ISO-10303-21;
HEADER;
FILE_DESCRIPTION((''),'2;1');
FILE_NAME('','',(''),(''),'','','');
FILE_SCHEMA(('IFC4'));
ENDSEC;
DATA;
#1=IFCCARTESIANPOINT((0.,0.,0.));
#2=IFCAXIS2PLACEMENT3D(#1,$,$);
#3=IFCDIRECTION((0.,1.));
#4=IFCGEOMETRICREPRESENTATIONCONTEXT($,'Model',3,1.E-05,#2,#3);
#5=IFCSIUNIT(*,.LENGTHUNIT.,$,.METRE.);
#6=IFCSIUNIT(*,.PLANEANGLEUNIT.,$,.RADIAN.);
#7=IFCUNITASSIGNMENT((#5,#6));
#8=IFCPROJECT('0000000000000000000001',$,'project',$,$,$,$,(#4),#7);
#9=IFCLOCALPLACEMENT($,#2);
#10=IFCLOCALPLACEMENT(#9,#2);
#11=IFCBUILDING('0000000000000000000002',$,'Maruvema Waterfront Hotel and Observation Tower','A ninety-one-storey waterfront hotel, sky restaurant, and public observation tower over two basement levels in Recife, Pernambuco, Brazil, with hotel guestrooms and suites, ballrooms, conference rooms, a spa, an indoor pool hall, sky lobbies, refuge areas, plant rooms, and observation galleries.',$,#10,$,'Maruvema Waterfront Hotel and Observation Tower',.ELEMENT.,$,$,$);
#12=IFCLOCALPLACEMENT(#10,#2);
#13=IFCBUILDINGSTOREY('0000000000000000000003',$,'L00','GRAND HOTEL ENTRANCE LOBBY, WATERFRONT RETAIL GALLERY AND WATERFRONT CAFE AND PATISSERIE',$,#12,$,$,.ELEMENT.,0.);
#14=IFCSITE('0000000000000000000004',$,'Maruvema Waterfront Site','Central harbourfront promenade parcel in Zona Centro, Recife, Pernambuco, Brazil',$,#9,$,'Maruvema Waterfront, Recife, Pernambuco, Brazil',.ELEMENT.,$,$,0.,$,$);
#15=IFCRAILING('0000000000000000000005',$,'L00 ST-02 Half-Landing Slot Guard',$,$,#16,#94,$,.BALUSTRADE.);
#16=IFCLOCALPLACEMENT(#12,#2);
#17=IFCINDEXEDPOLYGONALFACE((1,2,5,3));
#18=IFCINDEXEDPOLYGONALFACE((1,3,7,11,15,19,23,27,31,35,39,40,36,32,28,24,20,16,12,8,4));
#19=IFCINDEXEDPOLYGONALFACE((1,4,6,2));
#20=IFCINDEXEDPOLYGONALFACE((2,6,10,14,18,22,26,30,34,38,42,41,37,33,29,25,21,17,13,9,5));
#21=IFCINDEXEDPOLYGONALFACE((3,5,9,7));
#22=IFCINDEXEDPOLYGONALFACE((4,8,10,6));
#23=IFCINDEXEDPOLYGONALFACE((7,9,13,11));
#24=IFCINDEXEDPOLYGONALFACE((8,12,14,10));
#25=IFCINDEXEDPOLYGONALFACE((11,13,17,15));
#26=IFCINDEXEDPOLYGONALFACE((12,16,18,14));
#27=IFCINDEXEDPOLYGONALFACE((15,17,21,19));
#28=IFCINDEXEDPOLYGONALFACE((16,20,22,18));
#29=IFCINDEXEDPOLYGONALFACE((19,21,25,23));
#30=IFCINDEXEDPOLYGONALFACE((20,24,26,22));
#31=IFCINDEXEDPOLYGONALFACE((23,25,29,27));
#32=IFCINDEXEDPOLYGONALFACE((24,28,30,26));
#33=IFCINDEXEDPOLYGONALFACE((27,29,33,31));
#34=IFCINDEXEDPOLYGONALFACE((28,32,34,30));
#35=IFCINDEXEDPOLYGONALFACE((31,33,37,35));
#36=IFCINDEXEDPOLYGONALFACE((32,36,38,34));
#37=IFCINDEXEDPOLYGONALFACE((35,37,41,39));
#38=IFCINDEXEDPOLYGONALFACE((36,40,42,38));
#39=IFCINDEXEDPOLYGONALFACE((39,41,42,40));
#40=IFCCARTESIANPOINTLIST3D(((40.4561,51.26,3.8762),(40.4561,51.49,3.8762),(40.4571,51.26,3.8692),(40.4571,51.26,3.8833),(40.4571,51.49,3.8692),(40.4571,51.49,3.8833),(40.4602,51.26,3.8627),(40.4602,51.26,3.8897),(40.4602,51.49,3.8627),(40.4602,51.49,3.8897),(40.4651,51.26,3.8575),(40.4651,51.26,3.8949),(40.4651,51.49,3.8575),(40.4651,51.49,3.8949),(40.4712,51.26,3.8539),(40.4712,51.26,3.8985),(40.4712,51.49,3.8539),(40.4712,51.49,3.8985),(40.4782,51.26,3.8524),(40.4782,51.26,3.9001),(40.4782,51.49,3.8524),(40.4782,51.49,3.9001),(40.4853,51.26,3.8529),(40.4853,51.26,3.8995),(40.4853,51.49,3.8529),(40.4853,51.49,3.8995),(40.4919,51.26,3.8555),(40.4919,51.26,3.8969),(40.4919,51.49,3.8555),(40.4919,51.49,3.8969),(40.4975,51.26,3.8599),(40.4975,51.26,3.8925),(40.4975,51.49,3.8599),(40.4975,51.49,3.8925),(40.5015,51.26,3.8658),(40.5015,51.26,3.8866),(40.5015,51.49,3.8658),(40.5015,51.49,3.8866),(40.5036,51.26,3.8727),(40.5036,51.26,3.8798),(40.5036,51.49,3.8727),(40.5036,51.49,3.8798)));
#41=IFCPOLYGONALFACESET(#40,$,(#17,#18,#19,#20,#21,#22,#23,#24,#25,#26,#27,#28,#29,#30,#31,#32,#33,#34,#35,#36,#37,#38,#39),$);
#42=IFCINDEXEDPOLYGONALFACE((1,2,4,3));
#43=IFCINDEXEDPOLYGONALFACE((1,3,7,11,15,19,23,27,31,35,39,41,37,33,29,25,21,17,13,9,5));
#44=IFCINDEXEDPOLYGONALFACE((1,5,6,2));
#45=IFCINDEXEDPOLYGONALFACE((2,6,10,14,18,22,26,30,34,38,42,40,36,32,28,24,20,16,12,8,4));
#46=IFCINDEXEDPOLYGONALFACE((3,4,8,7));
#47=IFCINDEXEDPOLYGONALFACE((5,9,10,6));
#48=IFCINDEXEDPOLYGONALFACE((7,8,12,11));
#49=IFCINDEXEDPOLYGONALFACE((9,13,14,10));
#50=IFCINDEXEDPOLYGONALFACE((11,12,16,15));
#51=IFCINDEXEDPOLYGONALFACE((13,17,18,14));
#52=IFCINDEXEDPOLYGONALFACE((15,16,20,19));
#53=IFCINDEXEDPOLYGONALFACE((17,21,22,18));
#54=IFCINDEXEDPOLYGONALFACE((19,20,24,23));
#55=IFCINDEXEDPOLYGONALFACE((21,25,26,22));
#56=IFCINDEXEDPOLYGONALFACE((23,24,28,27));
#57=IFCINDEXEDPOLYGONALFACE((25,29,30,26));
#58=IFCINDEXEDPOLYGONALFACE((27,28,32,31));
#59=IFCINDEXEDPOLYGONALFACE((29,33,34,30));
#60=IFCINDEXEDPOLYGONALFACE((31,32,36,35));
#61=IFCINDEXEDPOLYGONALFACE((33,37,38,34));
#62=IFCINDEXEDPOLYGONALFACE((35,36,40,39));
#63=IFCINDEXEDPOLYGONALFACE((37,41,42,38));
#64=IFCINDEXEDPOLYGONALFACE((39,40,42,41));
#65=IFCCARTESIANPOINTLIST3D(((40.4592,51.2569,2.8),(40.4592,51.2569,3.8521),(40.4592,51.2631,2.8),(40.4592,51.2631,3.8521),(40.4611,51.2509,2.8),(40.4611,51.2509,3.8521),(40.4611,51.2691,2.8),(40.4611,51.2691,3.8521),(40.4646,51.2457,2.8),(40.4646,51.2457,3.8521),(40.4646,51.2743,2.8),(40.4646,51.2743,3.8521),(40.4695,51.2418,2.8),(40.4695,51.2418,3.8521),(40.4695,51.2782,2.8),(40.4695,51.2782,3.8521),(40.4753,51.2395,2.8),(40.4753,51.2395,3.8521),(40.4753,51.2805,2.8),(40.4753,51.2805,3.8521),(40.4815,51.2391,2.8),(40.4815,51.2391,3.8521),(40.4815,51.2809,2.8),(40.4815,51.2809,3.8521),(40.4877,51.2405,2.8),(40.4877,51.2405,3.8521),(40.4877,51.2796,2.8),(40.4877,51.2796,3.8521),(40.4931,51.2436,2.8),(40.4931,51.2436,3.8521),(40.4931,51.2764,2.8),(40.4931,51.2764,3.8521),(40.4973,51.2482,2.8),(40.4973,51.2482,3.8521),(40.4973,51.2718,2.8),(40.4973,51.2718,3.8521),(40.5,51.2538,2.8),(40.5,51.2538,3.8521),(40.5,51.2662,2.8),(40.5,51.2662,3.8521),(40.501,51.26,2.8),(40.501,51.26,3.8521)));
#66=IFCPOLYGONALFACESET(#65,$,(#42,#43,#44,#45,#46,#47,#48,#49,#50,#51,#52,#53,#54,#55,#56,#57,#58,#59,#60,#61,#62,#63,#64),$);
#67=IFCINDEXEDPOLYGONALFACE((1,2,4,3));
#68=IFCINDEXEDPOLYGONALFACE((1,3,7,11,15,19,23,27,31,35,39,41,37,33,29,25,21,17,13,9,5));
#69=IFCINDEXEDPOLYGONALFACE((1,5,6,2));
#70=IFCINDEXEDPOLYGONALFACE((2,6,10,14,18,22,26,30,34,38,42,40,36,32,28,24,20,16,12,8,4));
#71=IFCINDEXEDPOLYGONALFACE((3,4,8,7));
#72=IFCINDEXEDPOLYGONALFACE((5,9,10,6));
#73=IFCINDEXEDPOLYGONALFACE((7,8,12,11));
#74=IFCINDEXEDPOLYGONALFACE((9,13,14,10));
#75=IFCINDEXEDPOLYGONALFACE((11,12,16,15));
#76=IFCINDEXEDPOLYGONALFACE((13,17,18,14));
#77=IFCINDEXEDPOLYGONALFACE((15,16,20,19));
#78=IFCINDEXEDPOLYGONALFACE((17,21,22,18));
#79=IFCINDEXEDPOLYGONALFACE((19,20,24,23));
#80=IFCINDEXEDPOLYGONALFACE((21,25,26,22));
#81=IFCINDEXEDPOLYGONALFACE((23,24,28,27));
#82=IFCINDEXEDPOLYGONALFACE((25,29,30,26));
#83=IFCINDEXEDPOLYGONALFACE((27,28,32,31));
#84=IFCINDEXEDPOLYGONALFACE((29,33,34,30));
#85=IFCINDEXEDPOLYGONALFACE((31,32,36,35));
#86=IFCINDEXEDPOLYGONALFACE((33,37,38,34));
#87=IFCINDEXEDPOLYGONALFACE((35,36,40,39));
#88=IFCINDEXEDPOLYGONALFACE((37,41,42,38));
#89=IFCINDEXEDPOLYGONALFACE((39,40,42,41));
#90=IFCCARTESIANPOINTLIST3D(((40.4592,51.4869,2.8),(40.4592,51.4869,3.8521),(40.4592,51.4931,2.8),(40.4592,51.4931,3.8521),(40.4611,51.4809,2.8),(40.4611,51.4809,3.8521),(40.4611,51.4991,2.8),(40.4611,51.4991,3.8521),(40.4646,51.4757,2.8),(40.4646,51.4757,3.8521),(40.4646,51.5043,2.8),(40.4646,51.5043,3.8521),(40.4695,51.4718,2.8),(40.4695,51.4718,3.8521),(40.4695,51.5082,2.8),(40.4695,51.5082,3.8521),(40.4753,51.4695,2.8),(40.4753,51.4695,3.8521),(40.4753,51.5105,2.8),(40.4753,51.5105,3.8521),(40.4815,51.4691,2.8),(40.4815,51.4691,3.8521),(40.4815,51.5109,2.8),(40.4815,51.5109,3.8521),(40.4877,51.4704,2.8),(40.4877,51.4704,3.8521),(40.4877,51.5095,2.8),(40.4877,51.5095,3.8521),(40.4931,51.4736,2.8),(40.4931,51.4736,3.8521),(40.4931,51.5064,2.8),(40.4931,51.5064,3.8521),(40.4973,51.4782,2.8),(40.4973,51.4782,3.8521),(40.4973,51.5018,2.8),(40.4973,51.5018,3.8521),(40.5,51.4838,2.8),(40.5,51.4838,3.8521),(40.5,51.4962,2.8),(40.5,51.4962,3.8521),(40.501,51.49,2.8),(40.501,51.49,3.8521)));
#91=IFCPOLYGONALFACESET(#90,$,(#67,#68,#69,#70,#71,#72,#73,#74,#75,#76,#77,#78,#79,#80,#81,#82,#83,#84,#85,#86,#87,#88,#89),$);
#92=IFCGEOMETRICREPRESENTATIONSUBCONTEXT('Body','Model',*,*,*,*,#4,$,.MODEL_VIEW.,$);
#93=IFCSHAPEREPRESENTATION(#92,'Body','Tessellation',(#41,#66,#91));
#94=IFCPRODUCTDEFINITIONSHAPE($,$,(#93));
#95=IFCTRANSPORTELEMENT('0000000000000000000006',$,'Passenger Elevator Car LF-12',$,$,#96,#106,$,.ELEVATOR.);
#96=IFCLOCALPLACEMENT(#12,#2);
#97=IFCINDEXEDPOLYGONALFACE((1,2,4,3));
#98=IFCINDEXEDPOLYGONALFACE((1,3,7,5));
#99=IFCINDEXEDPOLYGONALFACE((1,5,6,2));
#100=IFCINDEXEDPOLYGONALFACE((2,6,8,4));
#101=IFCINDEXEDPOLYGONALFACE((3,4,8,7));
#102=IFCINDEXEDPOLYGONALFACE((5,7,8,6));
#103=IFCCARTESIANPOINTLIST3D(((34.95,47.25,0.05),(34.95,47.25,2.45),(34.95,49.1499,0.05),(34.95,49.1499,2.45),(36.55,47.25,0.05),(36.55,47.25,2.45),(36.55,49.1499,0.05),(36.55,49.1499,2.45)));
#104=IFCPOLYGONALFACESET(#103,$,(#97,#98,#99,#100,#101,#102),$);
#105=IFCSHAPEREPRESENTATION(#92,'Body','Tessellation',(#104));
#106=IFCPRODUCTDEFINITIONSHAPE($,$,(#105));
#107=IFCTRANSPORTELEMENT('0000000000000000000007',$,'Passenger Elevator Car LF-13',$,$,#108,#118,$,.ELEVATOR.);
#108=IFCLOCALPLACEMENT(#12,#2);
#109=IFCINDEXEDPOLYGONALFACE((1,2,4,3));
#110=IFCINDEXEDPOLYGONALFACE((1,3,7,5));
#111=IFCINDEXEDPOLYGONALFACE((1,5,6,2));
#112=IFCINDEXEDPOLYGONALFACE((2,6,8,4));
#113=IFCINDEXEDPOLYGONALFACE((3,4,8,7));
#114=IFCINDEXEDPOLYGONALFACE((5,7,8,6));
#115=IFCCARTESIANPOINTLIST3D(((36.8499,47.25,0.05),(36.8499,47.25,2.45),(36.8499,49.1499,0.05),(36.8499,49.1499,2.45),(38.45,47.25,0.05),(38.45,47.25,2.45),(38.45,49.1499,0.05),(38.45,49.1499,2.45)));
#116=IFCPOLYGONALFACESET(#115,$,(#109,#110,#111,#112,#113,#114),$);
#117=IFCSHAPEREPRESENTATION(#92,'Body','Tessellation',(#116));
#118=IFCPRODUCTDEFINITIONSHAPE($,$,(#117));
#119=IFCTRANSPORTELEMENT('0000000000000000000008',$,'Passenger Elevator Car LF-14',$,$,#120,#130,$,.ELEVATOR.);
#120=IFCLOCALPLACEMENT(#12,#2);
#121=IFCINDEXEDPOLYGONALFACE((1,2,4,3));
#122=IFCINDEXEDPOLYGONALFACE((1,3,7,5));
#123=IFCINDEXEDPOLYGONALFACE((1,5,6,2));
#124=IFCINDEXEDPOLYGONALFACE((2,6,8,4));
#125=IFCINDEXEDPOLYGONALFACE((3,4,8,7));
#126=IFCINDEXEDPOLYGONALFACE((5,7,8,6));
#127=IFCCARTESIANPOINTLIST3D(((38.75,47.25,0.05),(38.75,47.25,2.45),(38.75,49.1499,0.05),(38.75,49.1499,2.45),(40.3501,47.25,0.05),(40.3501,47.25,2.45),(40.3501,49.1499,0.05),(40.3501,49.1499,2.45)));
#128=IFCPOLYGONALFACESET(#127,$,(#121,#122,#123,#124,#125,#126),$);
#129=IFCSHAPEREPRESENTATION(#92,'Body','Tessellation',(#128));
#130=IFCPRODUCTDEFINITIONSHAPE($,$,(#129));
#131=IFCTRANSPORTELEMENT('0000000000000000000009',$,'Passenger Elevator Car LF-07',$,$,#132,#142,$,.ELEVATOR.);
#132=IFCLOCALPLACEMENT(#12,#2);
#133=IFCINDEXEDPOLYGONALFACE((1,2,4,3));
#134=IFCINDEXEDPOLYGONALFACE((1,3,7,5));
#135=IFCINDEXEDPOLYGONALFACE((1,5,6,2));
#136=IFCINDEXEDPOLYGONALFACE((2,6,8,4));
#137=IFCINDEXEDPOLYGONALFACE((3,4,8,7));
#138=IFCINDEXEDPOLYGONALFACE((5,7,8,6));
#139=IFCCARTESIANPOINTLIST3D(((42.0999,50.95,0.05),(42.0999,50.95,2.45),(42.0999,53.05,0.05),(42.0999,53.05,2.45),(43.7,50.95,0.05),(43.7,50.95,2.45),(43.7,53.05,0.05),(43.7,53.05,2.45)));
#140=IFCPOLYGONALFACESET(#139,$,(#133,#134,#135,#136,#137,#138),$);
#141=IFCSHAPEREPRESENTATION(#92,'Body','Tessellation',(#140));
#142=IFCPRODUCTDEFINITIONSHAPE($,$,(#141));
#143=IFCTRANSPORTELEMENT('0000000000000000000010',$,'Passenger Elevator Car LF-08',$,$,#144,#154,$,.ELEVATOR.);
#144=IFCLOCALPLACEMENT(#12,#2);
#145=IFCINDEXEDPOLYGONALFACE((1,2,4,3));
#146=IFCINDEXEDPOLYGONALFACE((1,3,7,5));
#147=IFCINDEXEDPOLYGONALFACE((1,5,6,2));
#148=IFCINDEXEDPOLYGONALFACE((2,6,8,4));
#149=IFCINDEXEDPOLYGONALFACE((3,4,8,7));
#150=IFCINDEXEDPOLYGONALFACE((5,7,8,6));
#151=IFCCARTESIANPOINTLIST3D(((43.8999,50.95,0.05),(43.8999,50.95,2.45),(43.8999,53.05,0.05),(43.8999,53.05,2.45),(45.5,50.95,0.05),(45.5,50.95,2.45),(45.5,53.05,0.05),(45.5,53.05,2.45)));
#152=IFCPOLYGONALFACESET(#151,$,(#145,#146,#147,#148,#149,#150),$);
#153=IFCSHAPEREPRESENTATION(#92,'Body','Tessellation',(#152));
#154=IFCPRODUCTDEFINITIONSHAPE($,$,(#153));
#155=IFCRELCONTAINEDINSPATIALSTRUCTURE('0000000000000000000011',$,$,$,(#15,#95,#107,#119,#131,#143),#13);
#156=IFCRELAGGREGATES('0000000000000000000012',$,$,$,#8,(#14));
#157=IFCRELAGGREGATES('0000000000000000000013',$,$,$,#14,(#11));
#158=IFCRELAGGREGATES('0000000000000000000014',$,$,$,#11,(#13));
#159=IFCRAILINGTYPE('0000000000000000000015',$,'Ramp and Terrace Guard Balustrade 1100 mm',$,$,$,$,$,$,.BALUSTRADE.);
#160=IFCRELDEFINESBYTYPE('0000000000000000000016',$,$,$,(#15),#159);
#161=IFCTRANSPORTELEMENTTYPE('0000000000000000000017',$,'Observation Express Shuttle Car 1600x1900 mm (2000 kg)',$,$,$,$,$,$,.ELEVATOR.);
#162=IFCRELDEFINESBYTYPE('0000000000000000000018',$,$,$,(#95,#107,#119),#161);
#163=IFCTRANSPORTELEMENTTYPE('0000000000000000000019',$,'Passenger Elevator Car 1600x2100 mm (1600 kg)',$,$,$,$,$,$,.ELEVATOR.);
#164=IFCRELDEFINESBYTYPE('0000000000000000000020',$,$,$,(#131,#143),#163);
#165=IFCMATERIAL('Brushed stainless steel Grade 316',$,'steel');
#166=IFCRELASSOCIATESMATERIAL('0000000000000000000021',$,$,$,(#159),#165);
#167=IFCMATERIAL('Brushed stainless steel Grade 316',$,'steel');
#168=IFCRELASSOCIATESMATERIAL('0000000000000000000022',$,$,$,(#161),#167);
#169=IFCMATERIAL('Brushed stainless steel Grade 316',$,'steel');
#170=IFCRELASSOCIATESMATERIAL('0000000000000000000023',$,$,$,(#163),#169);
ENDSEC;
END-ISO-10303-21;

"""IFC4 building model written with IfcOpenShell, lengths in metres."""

from ifc_helpers import new_model, si_unit, direction, frame, origin, origin_2d, place, context, subcontext, project, spatial, rectangle, circle, extrude, material, type_object, element, save


model = new_model("IFC4")

# Units and contexts
model_context = context("Model", 3, precision=1e-05, world=origin(), true_north=direction((0.0, 1.0)))
body_context = subcontext(model_context, "Body", "Model", "MODEL_VIEW")
ifc_project = project(units=[si_unit("LENGTHUNIT", "METRE"), si_unit("PLANEANGLEUNIT", "RADIAN")], contexts=[model_context])

# Site, building, storey
site_placement = place(None, origin())
site = spatial("IfcSite", under=ifc_project, at=site_placement, Name="Maruvema Waterfront Site", Description="Central harbourfront promenade parcel in Zona Centro, Recife, Pernambuco, Brazil", LongName="Maruvema Waterfront, Recife, Pernambuco, Brazil", CompositionType="ELEMENT", RefElevation=0.0)
building_placement = place(site_placement, origin())
building = spatial("IfcBuilding", under=site, at=building_placement, Name="Maruvema Waterfront Hotel and Observation Tower", Description="A ninety-one-storey waterfront hotel, sky restaurant, and public observation tower over two basement levels in Recife, Pernambuco, Brazil, with hotel guestrooms and suites, ballrooms, conference rooms, a spa, an indoor pool hall, sky lobbies, refuge areas, plant rooms, and observation galleries.", LongName="Maruvema Waterfront Hotel and Observation Tower", CompositionType="ELEMENT")
storey_placement = place(building_placement, origin())
storey = spatial("IfcBuildingStorey", under=building, at=storey_placement, Name="L00", Description="GRAND HOTEL ENTRANCE LOBBY, WATERFRONT RETAIL GALLERY AND WATERFRONT CAFE AND PATISSERIE", CompositionType="ELEMENT", Elevation=0.0)

# Railing
ifc_material_1 = material(Name="Brushed stainless steel Grade 316", Category="steel")
railing_type_1 = type_object("IfcRailingType", Name="Ramp and Terrace Guard Balustrade 1100 mm", PredefinedType="BALUSTRADE", material=ifc_material_1)
railing_1_placement = place(storey_placement, frame((40.48, 51.26, 2.8)))
element("IfcRailing", 1, at=railing_1_placement, inside=storey, type_object=railing_type_1, Name="L00 ST-02 Half-Landing Slot Guard", PredefinedType="BALUSTRADE", context=body_context, shape_type="SweptSolid", body=[
    extrude(circle(Radius=0.0239, at=origin_2d()), frame((0.0, 0.0, 1.0762), z_axis=(0.0, 1.0, 0.0), x_axis=(-1.0, 0.0, 0.0)), (0.0, 0.0, 1.0), 0.23),
    extrude(circle(Radius=0.021, at=origin_2d()), origin(), (0.0, 0.0, 1.0), 1.052),
    extrude(circle(Radius=0.021, at=origin_2d()), frame((0.0, 0.23, 0.0)), (0.0, 0.0, 1.0), 1.052),
])

# Transport elements
ifc_material_2 = material(Name="Brushed stainless steel Grade 316", Category="steel")
transport_element_type_1 = type_object("IfcTransportElementType", Name="Observation Express Shuttle Car 1600x1900 mm (2000 kg)", PredefinedType="ELEVATOR", material=ifc_material_2)
for number, where, z_axis, x_axis, name in (
    (2, (35.75, 48.2, 0.05), (0.0, 0.0, 1.0), (1.0, 0.0, 0.0), "Passenger Elevator Car LF-12"),
    (3, (37.6499, 48.2, 0.05), (0.0, 0.0, 1.0), (1.0, 0.0, 0.0), "Passenger Elevator Car LF-13"),
    (4, (39.55, 48.2, 0.05), (0.0, 0.0, 1.0), (1.0, 0.0, 0.0), "Passenger Elevator Car LF-14"),
):
    element("IfcTransportElement", number, at=place(storey_placement, frame(where, z_axis=z_axis, x_axis=x_axis)), inside=storey, type_object=transport_element_type_1, Name=name, PredefinedType="ELEVATOR", context=body_context, shape_type="SweptSolid", body=[
        extrude(rectangle(XDim=1.6001, YDim=1.8999, at=origin_2d()), origin(), (0.0, 0.0, 1.0), 2.3999),
    ])
ifc_material_3 = material(Name="Brushed stainless steel Grade 316", Category="steel")
transport_element_type_2 = type_object("IfcTransportElementType", Name="Passenger Elevator Car 1600x2100 mm (1600 kg)", PredefinedType="ELEVATOR", material=ifc_material_3)
for number, where, z_axis, x_axis, name in (
    (5, (42.8999, 52.0, 0.05), (0.0, 0.0, 1.0), (1.0, 0.0, 0.0), "Passenger Elevator Car LF-07"),
    (6, (44.7, 52.0, 0.05), (0.0, 0.0, 1.0), (1.0, 0.0, 0.0), "Passenger Elevator Car LF-08"),
):
    element("IfcTransportElement", number, at=place(storey_placement, frame(where, z_axis=z_axis, x_axis=x_axis)), inside=storey, type_object=transport_element_type_2, Name=name, PredefinedType="ELEVATOR", context=body_context, shape_type="SweptSolid", body=[
        extrude(rectangle(XDim=1.6001, YDim=2.1001, at=origin_2d()), origin(), (0.0, 0.0, 1.0), 2.3999),
    ])

save(model, "model.ifc")
